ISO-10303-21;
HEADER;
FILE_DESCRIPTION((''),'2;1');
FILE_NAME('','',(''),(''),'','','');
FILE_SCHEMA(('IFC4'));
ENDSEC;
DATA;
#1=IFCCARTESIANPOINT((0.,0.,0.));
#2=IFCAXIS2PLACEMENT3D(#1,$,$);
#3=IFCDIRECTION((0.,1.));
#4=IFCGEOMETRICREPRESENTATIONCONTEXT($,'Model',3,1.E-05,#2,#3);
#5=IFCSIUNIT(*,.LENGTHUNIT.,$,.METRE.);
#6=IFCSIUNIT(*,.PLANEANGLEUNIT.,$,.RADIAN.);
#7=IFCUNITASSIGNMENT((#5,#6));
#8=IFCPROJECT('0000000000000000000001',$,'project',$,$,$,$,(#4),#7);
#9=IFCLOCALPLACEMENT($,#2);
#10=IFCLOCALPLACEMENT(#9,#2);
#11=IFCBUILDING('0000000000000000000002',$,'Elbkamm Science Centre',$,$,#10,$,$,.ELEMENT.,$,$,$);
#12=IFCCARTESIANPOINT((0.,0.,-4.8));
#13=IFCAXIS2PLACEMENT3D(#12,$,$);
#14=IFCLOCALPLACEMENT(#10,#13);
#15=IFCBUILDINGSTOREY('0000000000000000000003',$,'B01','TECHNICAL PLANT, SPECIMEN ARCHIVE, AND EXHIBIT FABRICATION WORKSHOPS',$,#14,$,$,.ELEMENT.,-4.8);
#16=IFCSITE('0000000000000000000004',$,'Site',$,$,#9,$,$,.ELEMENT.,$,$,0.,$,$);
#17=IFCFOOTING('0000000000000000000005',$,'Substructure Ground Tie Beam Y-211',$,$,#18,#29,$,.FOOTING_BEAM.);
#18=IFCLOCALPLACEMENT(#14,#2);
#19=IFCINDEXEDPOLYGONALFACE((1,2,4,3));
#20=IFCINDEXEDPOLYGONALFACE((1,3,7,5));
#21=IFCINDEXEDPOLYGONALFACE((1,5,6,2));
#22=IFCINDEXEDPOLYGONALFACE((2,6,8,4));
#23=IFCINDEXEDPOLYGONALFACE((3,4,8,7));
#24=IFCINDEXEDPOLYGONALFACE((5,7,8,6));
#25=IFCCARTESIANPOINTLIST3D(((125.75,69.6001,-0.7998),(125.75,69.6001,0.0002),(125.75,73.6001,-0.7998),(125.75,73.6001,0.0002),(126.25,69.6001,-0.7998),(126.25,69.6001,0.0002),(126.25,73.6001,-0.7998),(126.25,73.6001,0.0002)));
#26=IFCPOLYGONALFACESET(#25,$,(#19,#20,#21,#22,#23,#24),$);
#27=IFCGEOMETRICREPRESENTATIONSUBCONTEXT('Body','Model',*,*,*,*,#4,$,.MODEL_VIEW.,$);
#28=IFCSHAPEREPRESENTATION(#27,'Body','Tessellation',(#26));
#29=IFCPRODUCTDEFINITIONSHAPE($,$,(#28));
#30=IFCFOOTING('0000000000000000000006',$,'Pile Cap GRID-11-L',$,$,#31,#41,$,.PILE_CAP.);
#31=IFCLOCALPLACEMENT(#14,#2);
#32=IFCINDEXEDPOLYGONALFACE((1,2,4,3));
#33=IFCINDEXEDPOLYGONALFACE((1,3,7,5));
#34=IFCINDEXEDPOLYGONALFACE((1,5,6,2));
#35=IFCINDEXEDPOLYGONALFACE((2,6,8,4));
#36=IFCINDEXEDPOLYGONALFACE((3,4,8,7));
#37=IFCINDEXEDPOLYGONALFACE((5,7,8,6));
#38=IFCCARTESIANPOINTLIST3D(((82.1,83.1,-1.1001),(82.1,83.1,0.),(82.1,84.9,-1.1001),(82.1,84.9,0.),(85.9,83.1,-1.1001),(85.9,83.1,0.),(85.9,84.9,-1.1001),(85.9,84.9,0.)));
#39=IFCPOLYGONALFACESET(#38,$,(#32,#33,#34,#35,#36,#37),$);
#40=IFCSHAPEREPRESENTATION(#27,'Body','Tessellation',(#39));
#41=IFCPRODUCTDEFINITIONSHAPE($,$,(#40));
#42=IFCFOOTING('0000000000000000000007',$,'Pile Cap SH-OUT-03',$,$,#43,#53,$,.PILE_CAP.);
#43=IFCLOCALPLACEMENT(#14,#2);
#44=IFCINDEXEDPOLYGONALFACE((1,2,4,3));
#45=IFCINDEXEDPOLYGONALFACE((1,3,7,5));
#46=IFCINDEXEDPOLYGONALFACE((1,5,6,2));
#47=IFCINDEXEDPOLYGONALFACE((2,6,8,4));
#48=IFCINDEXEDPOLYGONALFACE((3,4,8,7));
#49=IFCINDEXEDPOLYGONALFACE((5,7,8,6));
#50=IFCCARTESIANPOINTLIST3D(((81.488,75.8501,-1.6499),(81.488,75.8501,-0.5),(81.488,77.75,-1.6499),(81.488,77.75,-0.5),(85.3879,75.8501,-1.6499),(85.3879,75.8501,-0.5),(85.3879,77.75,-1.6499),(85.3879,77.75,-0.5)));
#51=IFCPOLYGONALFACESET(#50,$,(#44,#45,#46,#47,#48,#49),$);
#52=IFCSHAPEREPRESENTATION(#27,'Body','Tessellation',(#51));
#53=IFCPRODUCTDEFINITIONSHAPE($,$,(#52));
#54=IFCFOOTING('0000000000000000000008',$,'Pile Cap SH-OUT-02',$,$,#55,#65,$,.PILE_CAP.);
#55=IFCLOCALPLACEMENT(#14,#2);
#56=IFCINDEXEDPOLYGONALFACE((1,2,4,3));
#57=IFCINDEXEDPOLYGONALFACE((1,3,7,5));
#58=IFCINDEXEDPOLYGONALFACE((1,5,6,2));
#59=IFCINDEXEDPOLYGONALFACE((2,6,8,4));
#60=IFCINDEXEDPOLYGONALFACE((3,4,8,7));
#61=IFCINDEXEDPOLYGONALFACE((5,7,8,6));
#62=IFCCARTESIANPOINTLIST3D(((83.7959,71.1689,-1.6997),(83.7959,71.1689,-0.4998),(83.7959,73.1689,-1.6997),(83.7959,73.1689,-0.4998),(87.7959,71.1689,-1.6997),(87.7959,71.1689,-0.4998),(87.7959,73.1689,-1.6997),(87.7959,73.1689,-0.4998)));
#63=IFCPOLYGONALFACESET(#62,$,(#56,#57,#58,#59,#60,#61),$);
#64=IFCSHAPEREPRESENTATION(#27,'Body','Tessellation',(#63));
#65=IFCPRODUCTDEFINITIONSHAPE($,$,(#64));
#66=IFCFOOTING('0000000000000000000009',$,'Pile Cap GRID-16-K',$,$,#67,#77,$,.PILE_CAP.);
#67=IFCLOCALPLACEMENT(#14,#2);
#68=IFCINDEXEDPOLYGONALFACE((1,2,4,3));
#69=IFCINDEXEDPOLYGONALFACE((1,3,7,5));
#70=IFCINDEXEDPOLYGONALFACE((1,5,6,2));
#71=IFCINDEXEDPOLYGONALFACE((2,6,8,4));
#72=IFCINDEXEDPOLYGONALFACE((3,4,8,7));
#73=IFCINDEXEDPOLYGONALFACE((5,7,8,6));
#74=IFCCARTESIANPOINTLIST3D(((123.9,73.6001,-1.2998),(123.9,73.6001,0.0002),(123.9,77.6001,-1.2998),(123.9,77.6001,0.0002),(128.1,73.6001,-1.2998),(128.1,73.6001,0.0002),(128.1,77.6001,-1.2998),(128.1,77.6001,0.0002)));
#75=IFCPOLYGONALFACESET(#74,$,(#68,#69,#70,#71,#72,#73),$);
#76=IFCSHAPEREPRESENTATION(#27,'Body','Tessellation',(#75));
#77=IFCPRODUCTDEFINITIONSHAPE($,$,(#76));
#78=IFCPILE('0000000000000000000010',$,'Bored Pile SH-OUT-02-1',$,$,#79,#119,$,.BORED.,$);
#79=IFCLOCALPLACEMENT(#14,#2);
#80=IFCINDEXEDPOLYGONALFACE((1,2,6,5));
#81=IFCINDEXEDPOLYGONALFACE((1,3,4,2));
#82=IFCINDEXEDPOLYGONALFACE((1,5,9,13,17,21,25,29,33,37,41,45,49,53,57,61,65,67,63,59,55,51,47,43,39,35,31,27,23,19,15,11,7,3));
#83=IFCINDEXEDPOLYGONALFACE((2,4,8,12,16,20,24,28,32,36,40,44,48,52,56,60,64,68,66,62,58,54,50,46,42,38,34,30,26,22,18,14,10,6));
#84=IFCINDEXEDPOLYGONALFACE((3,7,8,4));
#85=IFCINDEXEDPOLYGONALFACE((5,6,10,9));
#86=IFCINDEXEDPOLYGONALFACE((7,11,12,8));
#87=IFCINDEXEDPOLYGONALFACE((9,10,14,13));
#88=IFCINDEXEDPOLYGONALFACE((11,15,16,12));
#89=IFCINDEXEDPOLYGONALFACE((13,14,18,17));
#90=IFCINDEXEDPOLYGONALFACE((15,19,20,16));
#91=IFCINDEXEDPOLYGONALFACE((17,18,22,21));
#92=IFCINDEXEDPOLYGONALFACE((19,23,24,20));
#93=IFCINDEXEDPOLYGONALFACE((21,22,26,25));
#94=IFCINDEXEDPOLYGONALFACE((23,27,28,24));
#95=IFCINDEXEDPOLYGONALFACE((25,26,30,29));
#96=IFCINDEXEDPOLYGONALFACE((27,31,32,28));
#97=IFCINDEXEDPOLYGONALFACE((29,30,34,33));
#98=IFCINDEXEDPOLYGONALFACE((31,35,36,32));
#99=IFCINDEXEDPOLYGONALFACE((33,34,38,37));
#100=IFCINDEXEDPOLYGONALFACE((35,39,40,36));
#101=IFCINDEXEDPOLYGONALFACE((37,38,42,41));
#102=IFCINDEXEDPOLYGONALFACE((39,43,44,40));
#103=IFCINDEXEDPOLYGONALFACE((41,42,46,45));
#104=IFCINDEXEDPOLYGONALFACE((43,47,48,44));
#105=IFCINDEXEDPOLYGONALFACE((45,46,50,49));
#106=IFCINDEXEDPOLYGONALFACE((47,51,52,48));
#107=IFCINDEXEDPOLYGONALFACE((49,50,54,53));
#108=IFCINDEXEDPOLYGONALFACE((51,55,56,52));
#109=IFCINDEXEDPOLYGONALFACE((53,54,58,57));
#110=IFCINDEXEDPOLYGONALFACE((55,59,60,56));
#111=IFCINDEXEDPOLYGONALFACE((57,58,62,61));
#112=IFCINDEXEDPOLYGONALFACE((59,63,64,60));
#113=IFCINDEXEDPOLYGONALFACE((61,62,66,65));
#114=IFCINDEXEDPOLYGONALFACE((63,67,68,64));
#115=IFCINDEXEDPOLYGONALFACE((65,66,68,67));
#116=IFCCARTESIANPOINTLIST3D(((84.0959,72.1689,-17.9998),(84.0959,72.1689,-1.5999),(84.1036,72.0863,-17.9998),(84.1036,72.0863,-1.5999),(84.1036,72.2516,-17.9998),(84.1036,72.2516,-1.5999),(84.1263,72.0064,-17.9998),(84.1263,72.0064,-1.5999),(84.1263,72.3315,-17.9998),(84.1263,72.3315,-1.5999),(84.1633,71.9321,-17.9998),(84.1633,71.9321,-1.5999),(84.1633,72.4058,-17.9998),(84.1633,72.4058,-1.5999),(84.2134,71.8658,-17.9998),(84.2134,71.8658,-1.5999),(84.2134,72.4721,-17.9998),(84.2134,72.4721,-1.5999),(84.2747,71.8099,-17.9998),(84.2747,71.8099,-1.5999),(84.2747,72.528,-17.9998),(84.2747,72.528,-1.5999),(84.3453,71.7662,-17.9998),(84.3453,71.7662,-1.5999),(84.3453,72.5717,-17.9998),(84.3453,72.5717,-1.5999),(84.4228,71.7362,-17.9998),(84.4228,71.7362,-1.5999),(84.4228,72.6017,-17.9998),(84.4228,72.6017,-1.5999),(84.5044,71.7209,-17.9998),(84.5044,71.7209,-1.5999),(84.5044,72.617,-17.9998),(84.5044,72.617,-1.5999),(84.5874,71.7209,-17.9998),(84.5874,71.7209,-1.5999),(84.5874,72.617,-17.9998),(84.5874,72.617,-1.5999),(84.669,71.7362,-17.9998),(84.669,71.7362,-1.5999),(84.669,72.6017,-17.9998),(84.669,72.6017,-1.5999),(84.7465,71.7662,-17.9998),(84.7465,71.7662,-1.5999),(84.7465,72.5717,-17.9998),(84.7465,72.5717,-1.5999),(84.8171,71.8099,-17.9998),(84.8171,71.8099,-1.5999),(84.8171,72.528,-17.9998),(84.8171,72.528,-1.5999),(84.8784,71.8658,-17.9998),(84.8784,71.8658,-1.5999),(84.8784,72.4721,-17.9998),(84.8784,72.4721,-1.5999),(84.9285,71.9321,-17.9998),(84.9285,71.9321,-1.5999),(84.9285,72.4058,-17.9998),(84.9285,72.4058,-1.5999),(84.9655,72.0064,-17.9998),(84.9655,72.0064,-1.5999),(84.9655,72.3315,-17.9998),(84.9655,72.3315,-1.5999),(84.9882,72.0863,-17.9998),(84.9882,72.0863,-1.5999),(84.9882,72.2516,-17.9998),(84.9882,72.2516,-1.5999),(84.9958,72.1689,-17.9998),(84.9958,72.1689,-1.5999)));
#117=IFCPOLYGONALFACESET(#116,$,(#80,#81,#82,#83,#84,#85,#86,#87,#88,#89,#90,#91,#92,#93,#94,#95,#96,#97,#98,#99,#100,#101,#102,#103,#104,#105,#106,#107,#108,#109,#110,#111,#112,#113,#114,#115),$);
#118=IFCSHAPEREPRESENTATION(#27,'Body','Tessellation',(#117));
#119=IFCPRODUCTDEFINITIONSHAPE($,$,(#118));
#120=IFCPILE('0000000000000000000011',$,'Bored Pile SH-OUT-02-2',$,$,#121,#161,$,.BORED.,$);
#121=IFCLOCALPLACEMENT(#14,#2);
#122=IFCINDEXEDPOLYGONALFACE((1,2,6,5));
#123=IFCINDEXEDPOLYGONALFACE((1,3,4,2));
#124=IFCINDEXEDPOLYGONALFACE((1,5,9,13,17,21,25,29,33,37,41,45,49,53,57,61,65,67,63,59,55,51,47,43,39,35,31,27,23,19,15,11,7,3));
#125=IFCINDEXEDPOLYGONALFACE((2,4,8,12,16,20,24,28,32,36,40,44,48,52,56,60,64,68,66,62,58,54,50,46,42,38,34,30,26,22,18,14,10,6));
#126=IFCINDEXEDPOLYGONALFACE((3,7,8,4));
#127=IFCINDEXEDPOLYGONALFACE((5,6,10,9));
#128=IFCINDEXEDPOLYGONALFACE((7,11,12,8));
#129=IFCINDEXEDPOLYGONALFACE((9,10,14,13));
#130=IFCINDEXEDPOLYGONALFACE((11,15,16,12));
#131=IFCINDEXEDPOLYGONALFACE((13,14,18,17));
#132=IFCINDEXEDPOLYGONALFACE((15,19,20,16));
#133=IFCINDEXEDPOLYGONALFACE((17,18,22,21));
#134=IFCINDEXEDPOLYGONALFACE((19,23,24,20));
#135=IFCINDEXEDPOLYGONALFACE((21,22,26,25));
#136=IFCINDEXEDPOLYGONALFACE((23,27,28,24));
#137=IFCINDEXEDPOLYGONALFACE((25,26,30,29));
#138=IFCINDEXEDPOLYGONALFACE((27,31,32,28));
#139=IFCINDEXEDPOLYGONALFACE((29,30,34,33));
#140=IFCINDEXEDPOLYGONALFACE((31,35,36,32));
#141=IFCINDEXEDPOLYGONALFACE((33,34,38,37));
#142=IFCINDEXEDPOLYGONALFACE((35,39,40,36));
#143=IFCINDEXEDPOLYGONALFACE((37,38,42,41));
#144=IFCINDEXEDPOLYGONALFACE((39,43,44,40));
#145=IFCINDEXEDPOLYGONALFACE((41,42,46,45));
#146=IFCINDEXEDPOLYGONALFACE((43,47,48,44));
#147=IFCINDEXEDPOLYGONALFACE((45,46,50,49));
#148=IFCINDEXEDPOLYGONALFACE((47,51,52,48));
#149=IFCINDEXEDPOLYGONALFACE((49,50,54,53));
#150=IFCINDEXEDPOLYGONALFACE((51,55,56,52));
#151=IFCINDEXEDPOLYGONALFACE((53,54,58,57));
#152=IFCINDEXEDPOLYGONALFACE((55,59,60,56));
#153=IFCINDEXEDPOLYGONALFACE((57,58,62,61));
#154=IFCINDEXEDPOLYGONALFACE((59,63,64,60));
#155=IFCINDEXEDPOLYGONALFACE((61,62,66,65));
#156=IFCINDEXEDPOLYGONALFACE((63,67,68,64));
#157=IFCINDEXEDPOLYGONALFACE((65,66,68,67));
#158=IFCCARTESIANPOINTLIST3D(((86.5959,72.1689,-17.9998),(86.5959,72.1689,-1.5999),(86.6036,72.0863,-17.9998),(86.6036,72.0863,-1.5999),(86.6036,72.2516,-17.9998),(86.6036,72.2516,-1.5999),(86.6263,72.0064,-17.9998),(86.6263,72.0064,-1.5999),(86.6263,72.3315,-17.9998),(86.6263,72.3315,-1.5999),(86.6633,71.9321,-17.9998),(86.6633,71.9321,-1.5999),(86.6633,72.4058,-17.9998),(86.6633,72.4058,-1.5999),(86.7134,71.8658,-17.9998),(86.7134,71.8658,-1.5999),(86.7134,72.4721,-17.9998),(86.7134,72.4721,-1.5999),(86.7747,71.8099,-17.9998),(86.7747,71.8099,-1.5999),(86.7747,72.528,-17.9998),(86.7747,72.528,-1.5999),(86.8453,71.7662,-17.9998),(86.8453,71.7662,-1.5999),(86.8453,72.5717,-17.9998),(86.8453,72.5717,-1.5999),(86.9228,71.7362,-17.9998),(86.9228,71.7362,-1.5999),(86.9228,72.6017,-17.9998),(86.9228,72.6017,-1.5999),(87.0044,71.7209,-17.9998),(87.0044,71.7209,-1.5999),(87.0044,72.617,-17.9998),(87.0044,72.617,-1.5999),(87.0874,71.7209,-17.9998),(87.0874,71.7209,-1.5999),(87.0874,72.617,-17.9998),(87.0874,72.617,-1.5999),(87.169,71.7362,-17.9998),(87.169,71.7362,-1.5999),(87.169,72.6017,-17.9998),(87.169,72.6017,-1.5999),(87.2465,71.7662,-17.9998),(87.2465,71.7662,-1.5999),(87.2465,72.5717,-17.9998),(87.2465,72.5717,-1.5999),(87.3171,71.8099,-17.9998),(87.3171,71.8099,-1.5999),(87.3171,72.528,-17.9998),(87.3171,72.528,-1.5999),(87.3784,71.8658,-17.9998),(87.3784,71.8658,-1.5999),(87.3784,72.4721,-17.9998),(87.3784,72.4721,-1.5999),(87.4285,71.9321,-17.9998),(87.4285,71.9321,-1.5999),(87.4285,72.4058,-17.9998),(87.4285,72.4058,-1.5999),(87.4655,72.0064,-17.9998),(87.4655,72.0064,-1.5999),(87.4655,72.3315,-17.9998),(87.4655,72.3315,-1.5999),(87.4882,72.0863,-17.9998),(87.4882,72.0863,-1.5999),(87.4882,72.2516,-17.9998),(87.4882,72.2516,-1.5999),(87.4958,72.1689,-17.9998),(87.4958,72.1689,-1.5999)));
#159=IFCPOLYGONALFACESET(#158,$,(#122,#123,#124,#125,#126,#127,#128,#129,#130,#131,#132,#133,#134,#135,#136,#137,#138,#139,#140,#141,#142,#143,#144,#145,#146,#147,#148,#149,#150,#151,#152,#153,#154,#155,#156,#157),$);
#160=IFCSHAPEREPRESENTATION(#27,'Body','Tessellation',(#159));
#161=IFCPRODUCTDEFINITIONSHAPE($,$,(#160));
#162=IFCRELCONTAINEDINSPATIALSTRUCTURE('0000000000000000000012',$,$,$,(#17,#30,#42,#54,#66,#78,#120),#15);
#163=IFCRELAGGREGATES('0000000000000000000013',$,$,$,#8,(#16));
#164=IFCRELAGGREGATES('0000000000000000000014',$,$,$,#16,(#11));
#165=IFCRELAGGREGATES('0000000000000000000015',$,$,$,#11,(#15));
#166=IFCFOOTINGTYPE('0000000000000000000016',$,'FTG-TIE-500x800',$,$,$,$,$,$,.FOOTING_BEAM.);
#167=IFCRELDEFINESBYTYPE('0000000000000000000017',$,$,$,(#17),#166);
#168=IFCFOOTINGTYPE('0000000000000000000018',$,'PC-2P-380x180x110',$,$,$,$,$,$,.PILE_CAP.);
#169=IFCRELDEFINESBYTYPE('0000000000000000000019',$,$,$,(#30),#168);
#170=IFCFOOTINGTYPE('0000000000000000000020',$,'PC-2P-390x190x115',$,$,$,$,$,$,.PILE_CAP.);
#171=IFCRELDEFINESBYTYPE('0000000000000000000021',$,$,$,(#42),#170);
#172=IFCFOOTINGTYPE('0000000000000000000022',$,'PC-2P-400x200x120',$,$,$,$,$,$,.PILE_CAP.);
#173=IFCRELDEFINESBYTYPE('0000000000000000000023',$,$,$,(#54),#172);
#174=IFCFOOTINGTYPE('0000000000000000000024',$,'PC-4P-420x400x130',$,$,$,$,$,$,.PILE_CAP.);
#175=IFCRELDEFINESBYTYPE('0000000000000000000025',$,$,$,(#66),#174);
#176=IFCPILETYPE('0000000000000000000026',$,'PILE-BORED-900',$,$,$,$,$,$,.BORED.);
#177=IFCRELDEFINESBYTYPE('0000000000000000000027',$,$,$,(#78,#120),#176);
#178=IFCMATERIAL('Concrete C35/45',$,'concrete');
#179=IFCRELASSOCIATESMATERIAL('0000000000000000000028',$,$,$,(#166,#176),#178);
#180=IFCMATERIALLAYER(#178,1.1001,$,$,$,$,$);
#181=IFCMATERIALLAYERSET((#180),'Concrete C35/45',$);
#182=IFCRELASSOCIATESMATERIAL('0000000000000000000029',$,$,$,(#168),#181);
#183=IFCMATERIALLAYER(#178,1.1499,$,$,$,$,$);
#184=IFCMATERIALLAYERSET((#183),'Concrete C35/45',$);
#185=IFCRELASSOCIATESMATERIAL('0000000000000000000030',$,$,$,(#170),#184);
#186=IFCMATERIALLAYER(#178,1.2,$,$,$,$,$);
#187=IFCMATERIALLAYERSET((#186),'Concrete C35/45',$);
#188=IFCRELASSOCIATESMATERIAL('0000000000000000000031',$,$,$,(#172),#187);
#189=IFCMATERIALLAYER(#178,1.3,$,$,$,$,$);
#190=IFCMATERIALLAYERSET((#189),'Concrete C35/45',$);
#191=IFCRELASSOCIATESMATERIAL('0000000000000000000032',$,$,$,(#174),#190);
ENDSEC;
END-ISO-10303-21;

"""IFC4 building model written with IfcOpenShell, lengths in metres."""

from ifc_helpers import new_model, si_unit, direction, frame, origin, origin_2d, place, context, subcontext, project, spatial, rectangle, circle, extrude, material, layer, layer_set, material_profile, profile_set, type_object, element, save


model = new_model("IFC4")

# Units and contexts
model_context = context("Model", 3, precision=1e-05, world=origin(), true_north=direction((0.0, 1.0)))
body_context = subcontext(model_context, "Body", "Model", "MODEL_VIEW")
ifc_project = project(units=[si_unit("LENGTHUNIT", "METRE"), si_unit("PLANEANGLEUNIT", "RADIAN")], contexts=[model_context])

# Site, building, storey
site_placement = place(None, origin())
site = spatial("IfcSite", under=ifc_project, at=site_placement, Name="Site", CompositionType="ELEMENT", RefElevation=0.0)
building_placement = place(site_placement, origin())
building = spatial("IfcBuilding", under=site, at=building_placement, Name="Elbkamm Science Centre", CompositionType="ELEMENT")
storey_placement = place(building_placement, frame((0.0, 0.0, -4.8)))
storey = spatial("IfcBuildingStorey", under=building, at=storey_placement, Name="B01", Description="TECHNICAL PLANT, SPECIMEN ARCHIVE, AND EXHIBIT FABRICATION WORKSHOPS", CompositionType="ELEMENT", Elevation=-4.8)

# Footings
ifc_material_1 = material(Name="Concrete C35/45", Category="concrete")
footing_type_1 = type_object("IfcFootingType", Name="FTG-TIE-500x800", PredefinedType="FOOTING_BEAM", material=ifc_material_1)
footing_1_placement = place(storey_placement, frame((126.0, 71.6001, -0.7998), z_axis=(0.0, 0.0, 1.0), x_axis=(1.0, 0.0, 0.0)))
element("IfcFooting", 1, at=footing_1_placement, inside=storey, type_object=footing_type_1, Name="Substructure Ground Tie Beam Y-211", PredefinedType="FOOTING_BEAM", context=body_context, shape_type="SweptSolid", body=[
    extrude(rectangle(XDim=0.5, YDim=4.0, at=origin_2d()), origin(), (0.0, 0.0, 1.0), 0.8),
])
ifc_layer_1 = layer(ifc_material_1, 1.1001)
ifc_layer_set_1 = layer_set([ifc_layer_1], Name="Concrete C35/45")
footing_type_2 = type_object("IfcFootingType", Name="PC-2P-380x180x110", PredefinedType="PILE_CAP", material=ifc_layer_set_1)
footing_2_placement = place(storey_placement, frame((84.0, 84.0, -1.1001), z_axis=(0.0, 0.0, 1.0), x_axis=(1.0, 0.0, 0.0)))
element("IfcFooting", 2, at=footing_2_placement, inside=storey, type_object=footing_type_2, Name="Pile Cap GRID-11-L", PredefinedType="PILE_CAP", context=body_context, shape_type="SweptSolid", body=[
    extrude(rectangle(XDim=3.8, YDim=1.8, at=origin_2d()), origin(), (0.0, 0.0, 1.0), 1.1001),
])
ifc_layer_2 = layer(ifc_material_1, 1.1499)
ifc_layer_set_2 = layer_set([ifc_layer_2], Name="Concrete C35/45")
footing_type_3 = type_object("IfcFootingType", Name="PC-2P-390x190x115", PredefinedType="PILE_CAP", material=ifc_layer_set_2)
footing_3_placement = place(storey_placement, frame((83.438, 76.8, -1.6499), z_axis=(0.0, 0.0, 1.0), x_axis=(1.0, 0.0, 0.0)))
element("IfcFooting", 3, at=footing_3_placement, inside=storey, type_object=footing_type_3, Name="Pile Cap SH-OUT-03", PredefinedType="PILE_CAP", context=body_context, shape_type="SweptSolid", body=[
    extrude(rectangle(XDim=3.8999, YDim=1.8999, at=origin_2d()), origin(), (0.0, 0.0, 1.0), 1.1499),
])
ifc_layer_3 = layer(ifc_material_1, 1.2)
ifc_layer_set_3 = layer_set([ifc_layer_3], Name="Concrete C35/45")
footing_type_4 = type_object("IfcFootingType", Name="PC-2P-400x200x120", PredefinedType="PILE_CAP", material=ifc_layer_set_3)
footing_4_placement = place(storey_placement, frame((85.7959, 72.1689, -1.6997), z_axis=(0.0, 0.0, 1.0), x_axis=(1.0, 0.0, 0.0)))
element("IfcFooting", 4, at=footing_4_placement, inside=storey, type_object=footing_type_4, Name="Pile Cap SH-OUT-02", PredefinedType="PILE_CAP", context=body_context, shape_type="SweptSolid", body=[
    extrude(rectangle(XDim=4.0, YDim=2.0, at=origin_2d()), origin(), (0.0, 0.0, 1.0), 1.2),
])
ifc_layer_4 = layer(ifc_material_1, 1.3)
ifc_layer_set_4 = layer_set([ifc_layer_4], Name="Concrete C35/45")
footing_type_5 = type_object("IfcFootingType", Name="PC-4P-420x400x130", PredefinedType="PILE_CAP", material=ifc_layer_set_4)
footing_5_placement = place(storey_placement, frame((126.0, 75.6001, -1.2998), z_axis=(0.0, 0.0, 1.0), x_axis=(1.0, 0.0, 0.0)))
element("IfcFooting", 5, at=footing_5_placement, inside=storey, type_object=footing_type_5, Name="Pile Cap GRID-16-K", PredefinedType="PILE_CAP", context=body_context, shape_type="SweptSolid", body=[
    extrude(rectangle(XDim=4.2, YDim=4.0, at=origin_2d()), origin(), (0.0, 0.0, 1.0), 1.3),
])

# Piles
ifc_material_profile_1 = material_profile(ifc_material_1, circle(Radius=0.45, at=origin_2d()), Name="PILE D900")
ifc_profile_set_1 = profile_set([ifc_material_profile_1], Name="Concrete C35/45")
pile_type = type_object("IfcPileType", Name="PILE-BORED-900", PredefinedType="BORED", material=ifc_profile_set_1)
for number, where, z_axis, x_axis, name in (
    (6, (84.5459, 72.1689, -1.5999), (0.0, 0.0, -1.0), (1.0, 0.0, 0.0), "Bored Pile SH-OUT-02-1"),
    (7, (87.0459, 72.1689, -1.5999), (0.0, 0.0, -1.0), (1.0, 0.0, 0.0), "Bored Pile SH-OUT-02-2"),
):
    element("IfcPile", number, at=place(storey_placement, frame(where, z_axis=z_axis, x_axis=x_axis)), inside=storey, type_object=pile_type, Name=name, PredefinedType="BORED", context=body_context, shape_type="SweptSolid", body=[
        extrude(circle(Radius=0.45, at=origin_2d()), origin(), (0.0, 0.0, 1.0), 16.3999),
    ])

save(model, "model.ifc")
